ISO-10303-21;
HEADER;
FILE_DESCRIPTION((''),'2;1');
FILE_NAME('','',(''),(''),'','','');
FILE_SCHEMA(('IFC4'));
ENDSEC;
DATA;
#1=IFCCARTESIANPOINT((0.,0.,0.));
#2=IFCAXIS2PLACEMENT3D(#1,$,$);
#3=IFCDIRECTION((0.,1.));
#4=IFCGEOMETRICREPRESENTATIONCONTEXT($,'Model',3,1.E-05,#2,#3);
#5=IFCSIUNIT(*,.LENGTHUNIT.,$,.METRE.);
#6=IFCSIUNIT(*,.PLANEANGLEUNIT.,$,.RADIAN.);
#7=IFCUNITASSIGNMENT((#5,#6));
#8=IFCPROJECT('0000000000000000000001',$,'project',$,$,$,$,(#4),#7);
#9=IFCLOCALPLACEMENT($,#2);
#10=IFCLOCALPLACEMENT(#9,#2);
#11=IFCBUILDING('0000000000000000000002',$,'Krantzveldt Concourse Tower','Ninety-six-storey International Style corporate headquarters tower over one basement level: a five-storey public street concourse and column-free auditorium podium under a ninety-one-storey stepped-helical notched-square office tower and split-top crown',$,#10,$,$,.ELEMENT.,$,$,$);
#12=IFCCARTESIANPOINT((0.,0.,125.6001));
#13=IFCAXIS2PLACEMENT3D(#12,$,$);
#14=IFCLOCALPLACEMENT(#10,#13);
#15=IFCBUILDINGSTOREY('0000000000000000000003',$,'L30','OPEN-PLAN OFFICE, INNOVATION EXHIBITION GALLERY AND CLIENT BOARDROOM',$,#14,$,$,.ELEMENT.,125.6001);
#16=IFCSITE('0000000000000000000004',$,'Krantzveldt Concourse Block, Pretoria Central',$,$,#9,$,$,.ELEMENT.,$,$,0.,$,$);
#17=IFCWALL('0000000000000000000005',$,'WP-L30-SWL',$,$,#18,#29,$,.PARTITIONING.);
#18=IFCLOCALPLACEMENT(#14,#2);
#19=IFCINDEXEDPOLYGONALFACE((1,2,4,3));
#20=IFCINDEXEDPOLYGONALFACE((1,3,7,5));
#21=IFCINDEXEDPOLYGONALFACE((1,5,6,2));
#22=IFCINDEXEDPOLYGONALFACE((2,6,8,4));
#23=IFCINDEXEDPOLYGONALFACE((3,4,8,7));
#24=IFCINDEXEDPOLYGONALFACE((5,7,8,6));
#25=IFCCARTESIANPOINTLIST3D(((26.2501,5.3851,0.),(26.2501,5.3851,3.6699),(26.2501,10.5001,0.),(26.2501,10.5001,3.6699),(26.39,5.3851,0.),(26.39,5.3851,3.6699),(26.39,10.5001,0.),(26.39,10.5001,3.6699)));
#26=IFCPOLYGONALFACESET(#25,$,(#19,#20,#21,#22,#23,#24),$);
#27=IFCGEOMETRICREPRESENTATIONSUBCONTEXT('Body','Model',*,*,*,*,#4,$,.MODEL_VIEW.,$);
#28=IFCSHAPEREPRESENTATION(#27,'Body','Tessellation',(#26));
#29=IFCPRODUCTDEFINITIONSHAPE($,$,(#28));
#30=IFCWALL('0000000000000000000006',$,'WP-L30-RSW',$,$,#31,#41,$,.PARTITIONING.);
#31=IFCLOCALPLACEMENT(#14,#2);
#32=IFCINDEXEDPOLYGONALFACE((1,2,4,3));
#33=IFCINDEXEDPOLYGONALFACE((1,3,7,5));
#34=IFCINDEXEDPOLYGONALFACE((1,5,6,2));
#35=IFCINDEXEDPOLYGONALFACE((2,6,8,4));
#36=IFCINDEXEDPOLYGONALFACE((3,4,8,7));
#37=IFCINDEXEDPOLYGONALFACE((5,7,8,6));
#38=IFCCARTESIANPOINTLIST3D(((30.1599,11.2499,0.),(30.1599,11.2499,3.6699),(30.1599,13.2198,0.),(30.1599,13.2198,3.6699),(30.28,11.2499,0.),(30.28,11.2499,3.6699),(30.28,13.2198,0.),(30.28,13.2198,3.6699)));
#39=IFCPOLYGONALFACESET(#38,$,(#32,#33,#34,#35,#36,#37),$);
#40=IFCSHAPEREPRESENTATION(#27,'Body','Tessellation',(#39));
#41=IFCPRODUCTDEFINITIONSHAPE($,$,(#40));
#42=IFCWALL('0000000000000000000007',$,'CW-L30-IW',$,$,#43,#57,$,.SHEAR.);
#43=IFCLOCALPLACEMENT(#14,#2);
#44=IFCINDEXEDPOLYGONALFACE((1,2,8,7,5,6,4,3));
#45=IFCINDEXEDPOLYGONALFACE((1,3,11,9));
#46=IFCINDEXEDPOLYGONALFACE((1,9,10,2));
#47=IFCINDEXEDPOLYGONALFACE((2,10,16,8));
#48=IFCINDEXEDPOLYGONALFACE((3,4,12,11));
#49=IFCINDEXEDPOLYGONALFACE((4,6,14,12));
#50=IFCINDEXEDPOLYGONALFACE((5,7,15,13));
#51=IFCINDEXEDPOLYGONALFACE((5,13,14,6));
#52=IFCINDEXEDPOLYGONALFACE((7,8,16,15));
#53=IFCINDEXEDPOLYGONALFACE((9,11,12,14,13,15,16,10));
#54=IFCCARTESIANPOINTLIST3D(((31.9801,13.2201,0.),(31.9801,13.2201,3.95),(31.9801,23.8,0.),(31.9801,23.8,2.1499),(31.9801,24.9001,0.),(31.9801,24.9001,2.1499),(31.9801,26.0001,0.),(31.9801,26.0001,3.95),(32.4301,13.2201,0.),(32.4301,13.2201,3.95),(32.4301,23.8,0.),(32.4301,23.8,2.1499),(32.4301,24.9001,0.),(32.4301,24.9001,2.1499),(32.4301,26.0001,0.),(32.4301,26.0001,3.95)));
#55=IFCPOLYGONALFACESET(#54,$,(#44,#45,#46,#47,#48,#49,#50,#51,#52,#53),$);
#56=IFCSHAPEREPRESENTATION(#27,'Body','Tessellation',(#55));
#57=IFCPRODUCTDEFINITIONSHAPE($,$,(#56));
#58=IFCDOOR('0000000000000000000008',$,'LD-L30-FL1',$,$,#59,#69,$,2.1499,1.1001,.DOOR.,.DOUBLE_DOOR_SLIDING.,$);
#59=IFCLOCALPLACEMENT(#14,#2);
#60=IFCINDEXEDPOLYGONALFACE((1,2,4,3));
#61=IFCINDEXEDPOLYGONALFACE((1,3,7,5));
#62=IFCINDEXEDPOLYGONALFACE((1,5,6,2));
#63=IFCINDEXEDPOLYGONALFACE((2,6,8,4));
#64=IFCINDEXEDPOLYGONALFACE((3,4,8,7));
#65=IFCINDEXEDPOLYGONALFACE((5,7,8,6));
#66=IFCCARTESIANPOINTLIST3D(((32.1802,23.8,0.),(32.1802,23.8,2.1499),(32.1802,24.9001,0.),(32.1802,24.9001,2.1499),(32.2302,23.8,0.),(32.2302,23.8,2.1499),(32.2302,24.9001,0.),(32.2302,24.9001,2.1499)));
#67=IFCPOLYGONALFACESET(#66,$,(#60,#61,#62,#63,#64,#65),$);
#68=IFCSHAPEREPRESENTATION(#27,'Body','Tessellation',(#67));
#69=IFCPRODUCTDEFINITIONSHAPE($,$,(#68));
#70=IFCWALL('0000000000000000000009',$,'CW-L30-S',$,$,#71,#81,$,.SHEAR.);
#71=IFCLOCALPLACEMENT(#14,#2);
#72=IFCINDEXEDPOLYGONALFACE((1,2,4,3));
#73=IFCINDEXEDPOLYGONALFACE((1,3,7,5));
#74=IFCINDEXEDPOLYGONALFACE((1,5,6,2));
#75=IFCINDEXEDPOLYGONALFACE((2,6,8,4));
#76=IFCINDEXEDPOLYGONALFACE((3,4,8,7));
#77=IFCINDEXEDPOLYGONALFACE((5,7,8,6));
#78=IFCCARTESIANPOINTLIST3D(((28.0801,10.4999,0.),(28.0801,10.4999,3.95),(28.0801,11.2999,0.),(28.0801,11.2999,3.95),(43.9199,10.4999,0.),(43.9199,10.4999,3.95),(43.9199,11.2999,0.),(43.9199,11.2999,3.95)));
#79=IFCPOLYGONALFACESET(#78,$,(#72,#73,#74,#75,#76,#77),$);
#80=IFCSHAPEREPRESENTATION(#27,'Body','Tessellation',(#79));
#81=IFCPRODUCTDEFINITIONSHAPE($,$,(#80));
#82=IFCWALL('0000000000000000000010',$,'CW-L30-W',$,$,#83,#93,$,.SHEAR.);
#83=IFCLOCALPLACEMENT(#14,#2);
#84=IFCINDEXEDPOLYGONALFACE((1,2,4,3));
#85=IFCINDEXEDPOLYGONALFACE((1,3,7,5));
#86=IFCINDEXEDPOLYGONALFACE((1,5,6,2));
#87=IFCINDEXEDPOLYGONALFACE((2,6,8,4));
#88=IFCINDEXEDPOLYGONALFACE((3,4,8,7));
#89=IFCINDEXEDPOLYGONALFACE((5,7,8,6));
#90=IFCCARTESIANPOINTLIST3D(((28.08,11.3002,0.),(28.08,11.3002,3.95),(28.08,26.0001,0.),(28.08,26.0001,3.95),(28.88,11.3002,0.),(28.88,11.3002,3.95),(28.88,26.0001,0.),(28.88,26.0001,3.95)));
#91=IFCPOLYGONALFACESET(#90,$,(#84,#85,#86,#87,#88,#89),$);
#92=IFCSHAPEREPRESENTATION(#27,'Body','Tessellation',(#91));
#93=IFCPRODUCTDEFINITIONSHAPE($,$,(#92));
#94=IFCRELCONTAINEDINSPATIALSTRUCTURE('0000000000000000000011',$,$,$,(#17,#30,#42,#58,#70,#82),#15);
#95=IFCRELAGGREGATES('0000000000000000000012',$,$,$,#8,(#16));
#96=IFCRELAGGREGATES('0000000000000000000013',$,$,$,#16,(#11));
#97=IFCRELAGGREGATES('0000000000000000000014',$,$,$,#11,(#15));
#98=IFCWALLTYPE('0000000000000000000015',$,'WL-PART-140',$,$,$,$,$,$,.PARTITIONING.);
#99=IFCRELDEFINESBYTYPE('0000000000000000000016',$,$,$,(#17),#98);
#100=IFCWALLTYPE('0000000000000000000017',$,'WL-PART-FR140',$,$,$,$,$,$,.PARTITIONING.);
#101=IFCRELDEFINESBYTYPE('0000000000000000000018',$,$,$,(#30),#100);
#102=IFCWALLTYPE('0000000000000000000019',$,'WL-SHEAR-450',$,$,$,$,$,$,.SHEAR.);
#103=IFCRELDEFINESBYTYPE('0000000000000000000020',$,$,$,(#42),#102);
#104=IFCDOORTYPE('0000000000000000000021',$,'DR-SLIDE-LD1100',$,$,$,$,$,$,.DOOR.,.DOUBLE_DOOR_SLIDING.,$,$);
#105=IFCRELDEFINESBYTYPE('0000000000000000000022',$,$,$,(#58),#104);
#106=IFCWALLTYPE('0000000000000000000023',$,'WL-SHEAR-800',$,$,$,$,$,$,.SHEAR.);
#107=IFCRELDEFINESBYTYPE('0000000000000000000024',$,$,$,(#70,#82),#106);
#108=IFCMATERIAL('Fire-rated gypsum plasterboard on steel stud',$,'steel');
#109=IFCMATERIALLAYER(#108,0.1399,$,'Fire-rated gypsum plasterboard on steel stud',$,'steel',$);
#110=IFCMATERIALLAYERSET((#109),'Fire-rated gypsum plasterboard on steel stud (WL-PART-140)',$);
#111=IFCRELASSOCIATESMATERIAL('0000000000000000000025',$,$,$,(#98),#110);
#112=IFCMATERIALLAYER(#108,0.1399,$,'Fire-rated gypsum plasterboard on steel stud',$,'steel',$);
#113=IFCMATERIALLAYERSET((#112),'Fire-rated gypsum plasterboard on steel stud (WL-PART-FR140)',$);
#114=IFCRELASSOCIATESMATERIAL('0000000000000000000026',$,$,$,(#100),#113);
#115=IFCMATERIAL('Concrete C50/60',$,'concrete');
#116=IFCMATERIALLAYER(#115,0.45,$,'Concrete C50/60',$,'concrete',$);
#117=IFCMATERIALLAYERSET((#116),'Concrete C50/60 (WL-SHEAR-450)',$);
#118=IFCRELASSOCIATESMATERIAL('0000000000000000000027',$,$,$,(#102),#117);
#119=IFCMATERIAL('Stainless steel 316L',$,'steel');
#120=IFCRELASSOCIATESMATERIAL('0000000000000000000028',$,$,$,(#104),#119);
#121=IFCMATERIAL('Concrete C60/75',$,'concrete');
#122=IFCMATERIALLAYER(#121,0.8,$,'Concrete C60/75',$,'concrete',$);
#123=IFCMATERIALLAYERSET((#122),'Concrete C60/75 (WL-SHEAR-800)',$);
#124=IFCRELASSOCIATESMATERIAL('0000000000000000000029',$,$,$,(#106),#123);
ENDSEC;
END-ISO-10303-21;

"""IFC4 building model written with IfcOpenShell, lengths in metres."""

from ifc_helpers import new_model, si_unit, direction, frame, frame_2d, origin, place, context, subcontext, project, spatial, rectangle, extrude, material, layer, layer_set, type_object, element, fill, save


model = new_model("IFC4")

# Units and contexts
model_context = context("Model", 3, precision=1e-05, world=origin(), true_north=direction((0.0, 1.0)))
body_context = subcontext(model_context, "Body", "Model", "MODEL_VIEW")
ifc_project = project(units=[si_unit("LENGTHUNIT", "METRE"), si_unit("PLANEANGLEUNIT", "RADIAN")], contexts=[model_context])

# Site, building, storey
site_placement = place(None, origin())
site = spatial("IfcSite", under=ifc_project, at=site_placement, Name="Krantzveldt Concourse Block, Pretoria Central", CompositionType="ELEMENT", RefElevation=0.0)
building_placement = place(site_placement, origin())
building = spatial("IfcBuilding", under=site, at=building_placement, Name="Krantzveldt Concourse Tower", Description="Ninety-six-storey International Style corporate headquarters tower over one basement level: a five-storey public street concourse and column-free auditorium podium under a ninety-one-storey stepped-helical notched-square office tower and split-top crown", CompositionType="ELEMENT")
storey_placement = place(building_placement, frame((0.0, 0.0, 125.6001)))
storey = spatial("IfcBuildingStorey", under=building, at=storey_placement, Name="L30", Description="OPEN-PLAN OFFICE, INNOVATION EXHIBITION GALLERY AND CLIENT BOARDROOM", CompositionType="ELEMENT", Elevation=125.6001)

# Shared definitions
ifc_material_1 = material(Name="Fire-rated gypsum plasterboard on steel stud", Category="steel")

# Shared definitions
ifc_layer_1 = layer(ifc_material_1, 0.1399, Name="Fire-rated gypsum plasterboard on steel stud", Category="steel")
ifc_layer_set_1 = layer_set([ifc_layer_1], Name="Fire-rated gypsum plasterboard on steel stud (WL-PART-140)")
wall_type_1 = type_object("IfcWallType", Name="WL-PART-140", PredefinedType="PARTITIONING", material=ifc_layer_set_1)

# Walls
wall_1_placement = place(storey_placement, frame((26.3201, 5.385, 0.0), z_axis=(0.0, 0.0, 1.0), x_axis=(0.0, 1.0, 0.0)))
element("IfcWall", 1, at=wall_1_placement, inside=storey, type_object=wall_type_1, Name="WP-L30-SWL", PredefinedType="PARTITIONING", context=body_context, shape_type="SweptSolid", body=[
    extrude(rectangle(XDim=5.115, YDim=0.1399, at=frame_2d((2.5576, 0.0))), origin(), (0.0, 0.0, 1.0), 3.6699),
])
ifc_layer_2 = layer(ifc_material_1, 0.1399, Name="Fire-rated gypsum plasterboard on steel stud", Category="steel")
ifc_layer_set_2 = layer_set([ifc_layer_2], Name="Fire-rated gypsum plasterboard on steel stud (WL-PART-FR140)")
wall_type_2 = type_object("IfcWallType", Name="WL-PART-FR140", PredefinedType="PARTITIONING", material=ifc_layer_set_2)
wall_2_placement = place(storey_placement, frame((30.22, 11.25, 0.0), z_axis=(0.0, 0.0, 1.0), x_axis=(0.0, 1.0, 0.0)))
element("IfcWall", 2, at=wall_2_placement, inside=storey, type_object=wall_type_2, Name="WP-L30-RSW", PredefinedType="PARTITIONING", context=body_context, shape_type="SweptSolid", body=[
    extrude(rectangle(XDim=1.97, YDim=0.1201, at=frame_2d((0.9849, 0.0))), origin(), (0.0, 0.0, 1.0), 3.6699),
])

# Wall, opening, door
ifc_material_2 = material(Name="Concrete C50/60", Category="concrete")
ifc_layer_3 = layer(ifc_material_2, 0.45, Name="Concrete C50/60", Category="concrete")
ifc_layer_set_3 = layer_set([ifc_layer_3], Name="Concrete C50/60 (WL-SHEAR-450)")
wall_type_3 = type_object("IfcWallType", Name="WL-SHEAR-450", PredefinedType="SHEAR", material=ifc_layer_set_3)
wall_3_placement = place(storey_placement, frame((32.2051, 13.22, 0.0), z_axis=(0.0, 0.0, 1.0), x_axis=(0.0, 1.0, 0.0)))
wall_3 = element("IfcWall", 3, at=wall_3_placement, inside=storey, type_object=wall_type_3, Name="CW-L30-IW", PredefinedType="SHEAR", context=body_context, shape_type="SweptSolid", body=[
    extrude(rectangle(XDim=12.78, YDim=0.45, at=frame_2d((6.3901, 0.0))), origin(), (0.0, 0.0, 1.0), 3.95),
])
opening_1_placement = place(wall_3_placement, frame((10.5801, 0.0, 0.0)))
opening_1 = element("IfcOpeningElement", 4, at=opening_1_placement, cuts=wall_3, PredefinedType="OPENING", context=body_context, shape_type="SweptSolid", body=[
    extrude(rectangle(XDim=1.1001, YDim=2.1499, at=frame_2d((0.55, 1.075))), frame((0.0, 0.2349, 0.0), z_axis=(0.0, -1.0, 0.0), x_axis=(1.0, 0.0, 0.0)), (0.0, 0.0, 1.0), 0.47),
])
ifc_material_3 = material(Name="Stainless steel 316L", Category="steel")
door_type_1 = type_object("IfcDoorType", Name="DR-SLIDE-LD1100", OperationType="DOUBLE_DOOR_SLIDING", PredefinedType="DOOR", material=ifc_material_3)
door_1_placement = place(opening_1_placement, origin())
door_1 = element("IfcDoor", 5, at=door_1_placement, inside=storey, type_object=door_type_1, Name="LD-L30-FL1", OperationType="DOUBLE_DOOR_SLIDING", OverallHeight=2.1499, OverallWidth=1.1001, PredefinedType="DOOR", context=body_context, shape_type="SweptSolid", body=[
    extrude(rectangle(XDim=1.1001, YDim=2.1499, at=frame_2d((0.55, 1.075))), frame((0.0, 0.0249, 0.0), z_axis=(0.0, -1.0, 0.0), x_axis=(1.0, 0.0, 0.0)), (0.0, 0.0, 1.0), 0.05),
])
fill(opening_1, door_1)

# Walls
ifc_material_4 = material(Name="Concrete C60/75", Category="concrete")
ifc_layer_4 = layer(ifc_material_4, 0.8, Name="Concrete C60/75", Category="concrete")
ifc_layer_set_4 = layer_set([ifc_layer_4], Name="Concrete C60/75 (WL-SHEAR-800)")
wall_type_4 = type_object("IfcWallType", Name="WL-SHEAR-800", PredefinedType="SHEAR", material=ifc_layer_set_4)
wall_4_placement = place(storey_placement, frame((28.0801, 10.8999, 0.0), z_axis=(0.0, 0.0, 1.0), x_axis=(1.0, 0.0, 0.0)))
element("IfcWall", 6, at=wall_4_placement, inside=storey, type_object=wall_type_4, Name="CW-L30-S", PredefinedType="SHEAR", context=body_context, shape_type="SweptSolid", body=[
    extrude(rectangle(XDim=15.8398, YDim=0.8, at=frame_2d((7.9199, 0.0))), origin(), (0.0, 0.0, 1.0), 3.95),
])
wall_5_placement = place(storey_placement, frame((28.48, 11.3, 0.0), z_axis=(0.0, 0.0, 1.0), x_axis=(0.0, 1.0, 0.0)))
element("IfcWall", 7, at=wall_5_placement, inside=storey, type_object=wall_type_4, Name="CW-L30-W", PredefinedType="SHEAR", context=body_context, shape_type="SweptSolid", body=[
    extrude(rectangle(XDim=14.7, YDim=0.8, at=frame_2d((7.3501, 0.0))), origin(), (0.0, 0.0, 1.0), 3.95),
])

save(model, "model.ifc")
